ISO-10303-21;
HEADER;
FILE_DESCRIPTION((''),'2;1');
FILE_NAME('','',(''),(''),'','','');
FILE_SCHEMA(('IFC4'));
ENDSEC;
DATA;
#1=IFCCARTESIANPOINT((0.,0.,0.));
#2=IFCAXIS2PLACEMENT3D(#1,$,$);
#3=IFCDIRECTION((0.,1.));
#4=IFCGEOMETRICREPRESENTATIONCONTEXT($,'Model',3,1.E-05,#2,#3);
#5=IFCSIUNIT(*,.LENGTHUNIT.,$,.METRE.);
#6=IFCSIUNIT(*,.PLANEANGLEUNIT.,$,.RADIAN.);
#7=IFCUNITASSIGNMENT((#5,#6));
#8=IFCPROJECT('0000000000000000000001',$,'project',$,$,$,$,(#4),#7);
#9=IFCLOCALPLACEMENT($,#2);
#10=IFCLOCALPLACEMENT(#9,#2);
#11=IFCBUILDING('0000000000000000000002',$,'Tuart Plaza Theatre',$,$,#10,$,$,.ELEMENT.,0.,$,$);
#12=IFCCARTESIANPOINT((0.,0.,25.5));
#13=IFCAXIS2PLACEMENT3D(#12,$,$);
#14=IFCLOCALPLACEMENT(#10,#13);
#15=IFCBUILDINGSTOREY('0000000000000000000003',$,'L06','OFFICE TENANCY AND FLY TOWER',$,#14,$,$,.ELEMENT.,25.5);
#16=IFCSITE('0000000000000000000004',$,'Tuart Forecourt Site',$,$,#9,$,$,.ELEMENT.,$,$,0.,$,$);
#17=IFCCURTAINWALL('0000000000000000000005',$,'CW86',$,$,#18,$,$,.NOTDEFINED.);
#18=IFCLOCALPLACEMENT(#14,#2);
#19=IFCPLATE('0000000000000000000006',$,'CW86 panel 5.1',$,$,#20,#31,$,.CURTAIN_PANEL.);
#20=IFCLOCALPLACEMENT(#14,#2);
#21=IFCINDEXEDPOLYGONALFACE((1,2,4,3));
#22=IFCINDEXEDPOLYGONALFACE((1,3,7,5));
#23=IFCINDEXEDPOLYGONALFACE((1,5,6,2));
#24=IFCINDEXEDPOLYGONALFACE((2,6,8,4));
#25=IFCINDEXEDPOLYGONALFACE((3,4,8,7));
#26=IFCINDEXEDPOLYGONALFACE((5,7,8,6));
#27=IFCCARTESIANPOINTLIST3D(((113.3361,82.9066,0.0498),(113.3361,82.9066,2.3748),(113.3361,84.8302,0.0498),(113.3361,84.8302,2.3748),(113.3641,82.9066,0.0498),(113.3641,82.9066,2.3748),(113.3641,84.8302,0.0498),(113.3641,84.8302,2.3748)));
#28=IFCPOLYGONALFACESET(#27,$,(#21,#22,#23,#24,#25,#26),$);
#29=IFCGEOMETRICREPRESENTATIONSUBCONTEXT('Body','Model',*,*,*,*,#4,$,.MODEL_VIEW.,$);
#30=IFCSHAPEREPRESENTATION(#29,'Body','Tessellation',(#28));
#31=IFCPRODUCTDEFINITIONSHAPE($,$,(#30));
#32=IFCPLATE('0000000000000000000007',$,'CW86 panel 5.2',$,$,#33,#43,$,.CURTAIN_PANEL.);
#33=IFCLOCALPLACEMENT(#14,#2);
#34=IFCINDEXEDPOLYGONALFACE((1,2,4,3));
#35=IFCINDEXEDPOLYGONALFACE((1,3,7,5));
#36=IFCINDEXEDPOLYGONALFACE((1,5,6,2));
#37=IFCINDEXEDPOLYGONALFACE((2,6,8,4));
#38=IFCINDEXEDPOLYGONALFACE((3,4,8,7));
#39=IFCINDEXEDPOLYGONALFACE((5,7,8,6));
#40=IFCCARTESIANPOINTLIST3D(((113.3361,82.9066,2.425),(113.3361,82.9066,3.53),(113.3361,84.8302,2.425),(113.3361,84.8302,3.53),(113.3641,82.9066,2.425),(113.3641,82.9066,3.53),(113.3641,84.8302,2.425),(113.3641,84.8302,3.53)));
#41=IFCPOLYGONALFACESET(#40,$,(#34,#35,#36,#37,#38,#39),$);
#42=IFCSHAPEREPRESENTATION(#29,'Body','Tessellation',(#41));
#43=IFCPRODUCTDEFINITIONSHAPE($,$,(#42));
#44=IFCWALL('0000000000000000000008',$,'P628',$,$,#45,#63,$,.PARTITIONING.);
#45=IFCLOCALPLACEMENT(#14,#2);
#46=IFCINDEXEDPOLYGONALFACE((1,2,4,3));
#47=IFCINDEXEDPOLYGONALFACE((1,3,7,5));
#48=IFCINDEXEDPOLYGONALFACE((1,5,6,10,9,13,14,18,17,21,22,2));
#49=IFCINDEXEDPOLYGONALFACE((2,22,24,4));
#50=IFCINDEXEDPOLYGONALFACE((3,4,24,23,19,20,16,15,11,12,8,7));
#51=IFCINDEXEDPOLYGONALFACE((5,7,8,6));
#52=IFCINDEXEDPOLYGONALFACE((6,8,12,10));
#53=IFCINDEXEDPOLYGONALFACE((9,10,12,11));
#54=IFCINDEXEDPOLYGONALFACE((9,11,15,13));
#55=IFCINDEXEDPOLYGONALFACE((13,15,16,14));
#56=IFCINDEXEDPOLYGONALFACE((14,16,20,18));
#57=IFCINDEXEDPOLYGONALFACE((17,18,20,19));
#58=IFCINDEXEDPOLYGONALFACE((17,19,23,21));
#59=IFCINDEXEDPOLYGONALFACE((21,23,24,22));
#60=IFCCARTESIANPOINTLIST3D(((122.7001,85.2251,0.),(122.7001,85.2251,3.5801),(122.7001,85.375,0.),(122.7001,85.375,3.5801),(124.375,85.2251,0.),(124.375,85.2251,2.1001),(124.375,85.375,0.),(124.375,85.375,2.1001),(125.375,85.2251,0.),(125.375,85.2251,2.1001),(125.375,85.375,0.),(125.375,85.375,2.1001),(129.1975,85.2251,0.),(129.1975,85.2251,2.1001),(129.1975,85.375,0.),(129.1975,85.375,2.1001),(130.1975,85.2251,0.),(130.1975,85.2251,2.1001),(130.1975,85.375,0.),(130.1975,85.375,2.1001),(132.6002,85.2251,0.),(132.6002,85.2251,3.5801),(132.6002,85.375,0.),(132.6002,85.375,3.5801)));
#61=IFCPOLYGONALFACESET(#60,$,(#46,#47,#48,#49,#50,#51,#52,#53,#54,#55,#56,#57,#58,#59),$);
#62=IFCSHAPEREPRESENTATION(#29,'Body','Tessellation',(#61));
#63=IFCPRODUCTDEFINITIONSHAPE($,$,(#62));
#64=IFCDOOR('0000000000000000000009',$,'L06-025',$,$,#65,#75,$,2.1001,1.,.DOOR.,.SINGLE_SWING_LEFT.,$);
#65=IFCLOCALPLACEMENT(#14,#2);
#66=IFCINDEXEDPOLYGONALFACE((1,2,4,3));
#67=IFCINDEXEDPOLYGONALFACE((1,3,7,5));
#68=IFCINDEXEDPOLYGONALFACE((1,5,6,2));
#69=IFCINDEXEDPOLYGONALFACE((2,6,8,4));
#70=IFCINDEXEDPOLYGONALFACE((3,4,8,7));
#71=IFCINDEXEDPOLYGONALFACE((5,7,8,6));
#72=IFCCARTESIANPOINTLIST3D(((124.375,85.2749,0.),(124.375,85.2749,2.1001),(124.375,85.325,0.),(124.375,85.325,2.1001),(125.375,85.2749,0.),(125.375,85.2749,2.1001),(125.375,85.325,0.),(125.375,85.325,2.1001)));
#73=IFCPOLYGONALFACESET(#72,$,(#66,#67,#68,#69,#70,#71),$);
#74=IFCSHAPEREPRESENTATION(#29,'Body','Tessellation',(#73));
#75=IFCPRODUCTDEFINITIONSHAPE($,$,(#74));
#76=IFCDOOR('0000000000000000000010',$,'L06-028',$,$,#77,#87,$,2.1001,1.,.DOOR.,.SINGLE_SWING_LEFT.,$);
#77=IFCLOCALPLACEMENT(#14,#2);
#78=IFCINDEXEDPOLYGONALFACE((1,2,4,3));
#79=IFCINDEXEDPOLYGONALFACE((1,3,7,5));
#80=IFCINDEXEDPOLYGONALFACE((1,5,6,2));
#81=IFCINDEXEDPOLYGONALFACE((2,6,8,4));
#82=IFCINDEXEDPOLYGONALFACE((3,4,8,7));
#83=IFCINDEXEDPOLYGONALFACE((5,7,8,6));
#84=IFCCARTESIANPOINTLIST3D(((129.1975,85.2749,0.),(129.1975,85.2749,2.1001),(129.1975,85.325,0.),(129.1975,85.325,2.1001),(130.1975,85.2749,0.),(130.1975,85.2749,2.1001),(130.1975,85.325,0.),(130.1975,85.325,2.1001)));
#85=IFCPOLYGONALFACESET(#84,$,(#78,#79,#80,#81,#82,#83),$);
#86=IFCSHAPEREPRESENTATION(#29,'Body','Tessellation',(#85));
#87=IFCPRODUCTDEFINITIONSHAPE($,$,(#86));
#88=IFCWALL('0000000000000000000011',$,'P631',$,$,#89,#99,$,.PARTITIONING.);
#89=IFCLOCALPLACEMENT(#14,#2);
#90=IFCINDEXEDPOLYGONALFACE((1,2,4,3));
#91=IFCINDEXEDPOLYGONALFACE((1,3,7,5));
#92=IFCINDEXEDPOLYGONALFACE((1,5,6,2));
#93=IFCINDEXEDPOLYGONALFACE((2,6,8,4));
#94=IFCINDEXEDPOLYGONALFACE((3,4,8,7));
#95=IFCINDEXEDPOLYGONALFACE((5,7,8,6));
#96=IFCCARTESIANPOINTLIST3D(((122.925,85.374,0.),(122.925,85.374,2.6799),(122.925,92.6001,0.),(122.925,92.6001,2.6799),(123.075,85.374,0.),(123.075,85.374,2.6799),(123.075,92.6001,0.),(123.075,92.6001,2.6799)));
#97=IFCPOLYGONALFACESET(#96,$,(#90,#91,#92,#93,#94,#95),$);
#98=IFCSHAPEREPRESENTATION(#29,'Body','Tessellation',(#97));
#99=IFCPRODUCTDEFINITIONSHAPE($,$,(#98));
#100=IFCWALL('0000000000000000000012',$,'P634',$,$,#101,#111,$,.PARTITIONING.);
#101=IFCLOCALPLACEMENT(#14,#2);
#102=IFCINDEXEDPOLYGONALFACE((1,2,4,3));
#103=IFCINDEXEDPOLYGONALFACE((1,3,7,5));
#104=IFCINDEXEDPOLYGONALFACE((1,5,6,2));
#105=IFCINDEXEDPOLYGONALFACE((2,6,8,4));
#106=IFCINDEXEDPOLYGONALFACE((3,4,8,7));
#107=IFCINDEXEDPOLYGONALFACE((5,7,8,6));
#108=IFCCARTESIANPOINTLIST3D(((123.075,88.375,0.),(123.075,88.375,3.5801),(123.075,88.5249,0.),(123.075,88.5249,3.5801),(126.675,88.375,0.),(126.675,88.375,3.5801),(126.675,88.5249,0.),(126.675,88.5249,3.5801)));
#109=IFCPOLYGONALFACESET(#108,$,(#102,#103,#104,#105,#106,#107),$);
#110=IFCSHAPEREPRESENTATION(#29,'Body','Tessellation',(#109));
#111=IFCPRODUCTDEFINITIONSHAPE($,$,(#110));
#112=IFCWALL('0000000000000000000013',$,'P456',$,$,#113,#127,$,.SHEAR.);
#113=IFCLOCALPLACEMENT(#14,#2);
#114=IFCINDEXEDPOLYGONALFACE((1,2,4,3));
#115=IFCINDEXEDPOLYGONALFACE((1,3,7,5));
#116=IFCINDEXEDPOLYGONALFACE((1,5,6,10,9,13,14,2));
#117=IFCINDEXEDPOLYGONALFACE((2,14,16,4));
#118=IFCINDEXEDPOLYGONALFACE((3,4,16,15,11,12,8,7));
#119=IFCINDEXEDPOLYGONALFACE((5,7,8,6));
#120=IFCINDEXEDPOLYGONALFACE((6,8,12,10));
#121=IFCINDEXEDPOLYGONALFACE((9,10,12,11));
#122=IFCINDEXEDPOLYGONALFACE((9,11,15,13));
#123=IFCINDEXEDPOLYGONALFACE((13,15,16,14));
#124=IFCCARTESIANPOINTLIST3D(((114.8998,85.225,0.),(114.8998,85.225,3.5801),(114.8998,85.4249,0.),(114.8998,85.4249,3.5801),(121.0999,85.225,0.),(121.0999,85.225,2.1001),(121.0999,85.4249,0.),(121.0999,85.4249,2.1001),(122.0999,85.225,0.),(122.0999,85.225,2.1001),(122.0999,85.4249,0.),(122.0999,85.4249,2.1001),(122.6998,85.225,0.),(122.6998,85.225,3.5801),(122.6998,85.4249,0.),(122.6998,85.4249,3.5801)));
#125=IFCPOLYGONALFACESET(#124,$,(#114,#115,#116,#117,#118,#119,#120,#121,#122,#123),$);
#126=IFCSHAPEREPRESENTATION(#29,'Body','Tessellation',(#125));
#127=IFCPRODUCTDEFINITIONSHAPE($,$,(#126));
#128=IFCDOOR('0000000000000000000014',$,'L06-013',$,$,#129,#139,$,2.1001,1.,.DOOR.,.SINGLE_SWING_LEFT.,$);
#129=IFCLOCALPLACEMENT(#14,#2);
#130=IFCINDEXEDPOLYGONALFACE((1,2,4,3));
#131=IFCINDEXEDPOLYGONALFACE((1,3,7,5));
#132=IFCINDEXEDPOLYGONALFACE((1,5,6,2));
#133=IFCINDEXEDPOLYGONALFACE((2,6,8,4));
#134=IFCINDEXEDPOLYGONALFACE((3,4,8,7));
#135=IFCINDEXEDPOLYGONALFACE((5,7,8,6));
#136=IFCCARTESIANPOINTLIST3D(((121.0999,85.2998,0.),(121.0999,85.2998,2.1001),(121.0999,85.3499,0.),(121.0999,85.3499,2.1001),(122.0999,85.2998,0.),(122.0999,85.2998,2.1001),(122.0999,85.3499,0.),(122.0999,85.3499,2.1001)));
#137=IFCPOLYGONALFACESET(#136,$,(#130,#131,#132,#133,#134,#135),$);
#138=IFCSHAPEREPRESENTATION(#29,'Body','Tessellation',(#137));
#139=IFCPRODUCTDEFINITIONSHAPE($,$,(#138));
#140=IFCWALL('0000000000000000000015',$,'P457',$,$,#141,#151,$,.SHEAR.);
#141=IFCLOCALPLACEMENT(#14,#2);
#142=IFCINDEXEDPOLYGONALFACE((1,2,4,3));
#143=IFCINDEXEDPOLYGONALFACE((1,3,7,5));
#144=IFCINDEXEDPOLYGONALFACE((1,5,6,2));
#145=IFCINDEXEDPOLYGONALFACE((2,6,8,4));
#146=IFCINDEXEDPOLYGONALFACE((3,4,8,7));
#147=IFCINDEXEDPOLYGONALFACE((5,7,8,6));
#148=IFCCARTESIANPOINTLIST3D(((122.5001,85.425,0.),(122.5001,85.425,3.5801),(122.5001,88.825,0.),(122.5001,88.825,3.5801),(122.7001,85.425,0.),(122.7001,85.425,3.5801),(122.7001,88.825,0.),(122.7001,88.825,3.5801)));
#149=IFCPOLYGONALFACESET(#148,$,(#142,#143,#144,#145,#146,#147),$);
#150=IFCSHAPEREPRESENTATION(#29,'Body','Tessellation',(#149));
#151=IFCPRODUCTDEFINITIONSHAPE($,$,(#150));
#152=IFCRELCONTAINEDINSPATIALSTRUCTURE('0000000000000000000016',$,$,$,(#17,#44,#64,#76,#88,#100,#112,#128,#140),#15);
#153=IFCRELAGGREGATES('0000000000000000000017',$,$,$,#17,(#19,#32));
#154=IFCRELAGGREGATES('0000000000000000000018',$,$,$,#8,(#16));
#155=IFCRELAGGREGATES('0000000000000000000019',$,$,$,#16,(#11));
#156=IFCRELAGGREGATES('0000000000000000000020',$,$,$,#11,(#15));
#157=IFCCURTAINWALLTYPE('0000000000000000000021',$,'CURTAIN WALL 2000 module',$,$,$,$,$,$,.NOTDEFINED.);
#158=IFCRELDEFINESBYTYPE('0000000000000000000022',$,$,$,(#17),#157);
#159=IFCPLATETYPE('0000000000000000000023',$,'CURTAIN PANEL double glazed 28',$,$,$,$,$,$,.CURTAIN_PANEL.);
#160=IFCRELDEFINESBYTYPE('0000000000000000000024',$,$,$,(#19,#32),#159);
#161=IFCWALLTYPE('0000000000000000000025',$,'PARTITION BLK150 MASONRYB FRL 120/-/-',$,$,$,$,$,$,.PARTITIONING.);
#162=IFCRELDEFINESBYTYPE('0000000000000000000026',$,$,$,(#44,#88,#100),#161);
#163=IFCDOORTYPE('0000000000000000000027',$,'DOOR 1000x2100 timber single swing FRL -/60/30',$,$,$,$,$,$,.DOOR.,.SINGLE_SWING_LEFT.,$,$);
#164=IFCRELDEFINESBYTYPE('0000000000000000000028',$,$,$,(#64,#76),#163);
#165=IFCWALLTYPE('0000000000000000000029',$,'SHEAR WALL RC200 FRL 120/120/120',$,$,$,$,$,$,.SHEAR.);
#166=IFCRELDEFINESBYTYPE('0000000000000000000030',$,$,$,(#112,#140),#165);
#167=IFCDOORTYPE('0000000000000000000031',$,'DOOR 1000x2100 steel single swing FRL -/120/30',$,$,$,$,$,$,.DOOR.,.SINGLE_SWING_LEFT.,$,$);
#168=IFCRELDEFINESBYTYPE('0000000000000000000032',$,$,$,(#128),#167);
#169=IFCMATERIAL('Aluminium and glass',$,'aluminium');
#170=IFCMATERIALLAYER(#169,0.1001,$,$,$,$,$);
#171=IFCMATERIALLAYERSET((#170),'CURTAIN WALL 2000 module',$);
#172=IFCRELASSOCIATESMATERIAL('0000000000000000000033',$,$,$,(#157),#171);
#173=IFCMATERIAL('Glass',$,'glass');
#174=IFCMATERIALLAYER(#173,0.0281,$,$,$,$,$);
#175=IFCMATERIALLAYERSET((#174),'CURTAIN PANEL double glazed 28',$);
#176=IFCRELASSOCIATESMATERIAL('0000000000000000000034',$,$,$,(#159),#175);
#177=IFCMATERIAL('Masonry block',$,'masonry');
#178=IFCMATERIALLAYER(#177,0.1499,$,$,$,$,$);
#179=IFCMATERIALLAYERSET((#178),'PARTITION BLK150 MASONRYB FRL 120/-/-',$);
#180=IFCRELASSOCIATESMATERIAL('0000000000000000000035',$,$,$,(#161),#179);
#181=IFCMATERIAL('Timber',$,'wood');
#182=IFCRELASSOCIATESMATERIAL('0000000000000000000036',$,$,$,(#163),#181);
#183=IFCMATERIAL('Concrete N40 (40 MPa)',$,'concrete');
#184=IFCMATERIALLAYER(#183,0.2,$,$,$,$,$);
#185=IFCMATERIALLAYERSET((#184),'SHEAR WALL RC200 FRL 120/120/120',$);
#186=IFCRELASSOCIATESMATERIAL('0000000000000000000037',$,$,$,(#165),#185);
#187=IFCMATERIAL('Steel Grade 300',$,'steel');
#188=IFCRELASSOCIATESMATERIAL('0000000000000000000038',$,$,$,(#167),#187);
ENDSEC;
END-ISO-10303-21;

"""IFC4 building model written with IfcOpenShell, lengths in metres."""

from ifc_helpers import new_model, si_unit, direction, frame, frame_2d, origin, origin_2d, place, context, subcontext, project, spatial, rectangle, extrude, material, layer, layer_set, type_object, element, fill, aggregate, save


model = new_model("IFC4")

# Units and contexts
model_context = context("Model", 3, precision=1e-05, world=origin(), true_north=direction((0.0, 1.0)))
body_context = subcontext(model_context, "Body", "Model", "MODEL_VIEW")
ifc_project = project(units=[si_unit("LENGTHUNIT", "METRE"), si_unit("PLANEANGLEUNIT", "RADIAN")], contexts=[model_context])

# Site, building, storey
site_placement = place(None, origin())
site = spatial("IfcSite", under=ifc_project, at=site_placement, Name="Tuart Forecourt Site", CompositionType="ELEMENT", RefElevation=0.0)
building_placement = place(site_placement, origin())
building = spatial("IfcBuilding", under=site, at=building_placement, Name="Tuart Plaza Theatre", CompositionType="ELEMENT", ElevationOfRefHeight=0.0)
storey_placement = place(building_placement, frame((0.0, 0.0, 25.5)))
storey = spatial("IfcBuildingStorey", under=building, at=storey_placement, Name="L06", Description="OFFICE TENANCY AND FLY TOWER", CompositionType="ELEMENT", Elevation=25.5)

# Curtain wall, plates
ifc_material_1 = material(Name="Aluminium and glass", Category="aluminium")
ifc_layer_1 = layer(ifc_material_1, 0.1001)
ifc_layer_set_1 = layer_set([ifc_layer_1], Name="CURTAIN WALL 2000 module")
curtain_wall_type = type_object("IfcCurtainWallType", Name="CURTAIN WALL 2000 module", PredefinedType="NOTDEFINED", material=ifc_layer_set_1)
curtain_wall_placement = place(storey_placement, origin())
curtain_wall = element("IfcCurtainWall", 1, at=curtain_wall_placement, inside=storey, type_object=curtain_wall_type, Name="CW86", PredefinedType="NOTDEFINED")
ifc_material_2 = material(Name="Glass", Category="glass")
ifc_layer_2 = layer(ifc_material_2, 0.0281)
ifc_layer_set_2 = layer_set([ifc_layer_2], Name="CURTAIN PANEL double glazed 28")
plate_type = type_object("IfcPlateType", Name="CURTAIN PANEL double glazed 28", PredefinedType="CURTAIN_PANEL", material=ifc_layer_set_2)
plate_1_placement = place(storey_placement, frame((113.3501, 83.8684, 0.0498), z_axis=(0.0, 0.0, 1.0), x_axis=(0.0, -1.0, 0.0)))
plate_1 = element("IfcPlate", 2, at=plate_1_placement, type_object=plate_type, Name="CW86 panel 5.1", PredefinedType="CURTAIN_PANEL", context=body_context, shape_type="SweptSolid", body=[
    extrude(rectangle(XDim=1.9236, YDim=0.0281, at=origin_2d()), origin(), (0.0, 0.0, 1.0), 2.325),
])
plate_2_placement = place(storey_placement, frame((113.3501, 83.8684, 2.425), z_axis=(0.0, 0.0, 1.0), x_axis=(0.0, -1.0, 0.0)))
plate_2 = element("IfcPlate", 3, at=plate_2_placement, type_object=plate_type, Name="CW86 panel 5.2", PredefinedType="CURTAIN_PANEL", context=body_context, shape_type="SweptSolid", body=[
    extrude(rectangle(XDim=1.9236, YDim=0.0281, at=origin_2d()), origin(), (0.0, 0.0, 1.0), 1.105),
])
aggregate(curtain_wall, [plate_1, plate_2])

# Wall, openings, doors
ifc_material_3 = material(Name="Masonry block", Category="masonry")
ifc_layer_3 = layer(ifc_material_3, 0.1499)
ifc_layer_set_3 = layer_set([ifc_layer_3], Name="PARTITION BLK150 MASONRYB FRL 120/-/-")
wall_type_1 = type_object("IfcWallType", Name="PARTITION BLK150 MASONRYB FRL 120/-/-", PredefinedType="PARTITIONING", material=ifc_layer_set_3)
wall_1_placement = place(storey_placement, frame((122.7, 85.3, 0.0), z_axis=(0.0, 0.0, 1.0), x_axis=(1.0, 0.0, 0.0)))
wall_1 = element("IfcWall", 4, at=wall_1_placement, inside=storey, type_object=wall_type_1, Name="P628", PredefinedType="PARTITIONING", context=body_context, shape_type="SweptSolid", body=[
    extrude(rectangle(XDim=9.9001, YDim=0.1499, at=frame_2d((4.9502, 0.0))), origin(), (0.0, 0.0, 1.0), 3.5801),
])
opening_1_placement = place(wall_1_placement, frame((1.675, 0.0, 0.0)))
opening_1 = element("IfcOpeningElement", 5, at=opening_1_placement, cuts=wall_1, PredefinedType="OPENING", context=body_context, shape_type="SweptSolid", body=[
    extrude(rectangle(XDim=1.0, YDim=2.1001, at=frame_2d((0.5, 1.05))), frame((0.0, 0.085, 0.0), z_axis=(0.0, -1.0, 0.0), x_axis=(1.0, 0.0, 0.0)), (0.0, 0.0, 1.0), 0.1699),
])
opening_2_placement = place(wall_1_placement, frame((6.4976, 0.0, 0.0)))
opening_2 = element("IfcOpeningElement", 6, at=opening_2_placement, cuts=wall_1, PredefinedType="OPENING", context=body_context, shape_type="SweptSolid", body=[
    extrude(rectangle(XDim=1.0, YDim=2.1001, at=frame_2d((0.5, 1.05))), frame((0.0, 0.085, 0.0), z_axis=(0.0, -1.0, 0.0), x_axis=(1.0, 0.0, 0.0)), (0.0, 0.0, 1.0), 0.1699),
])
ifc_material_4 = material(Name="Timber", Category="wood")
door_type_1 = type_object("IfcDoorType", Name="DOOR 1000x2100 timber single swing FRL -/60/30", OperationType="SINGLE_SWING_LEFT", PredefinedType="DOOR", material=ifc_material_4)
door_1_placement = place(opening_1_placement, origin())
door_1 = element("IfcDoor", 7, at=door_1_placement, inside=storey, type_object=door_type_1, Name="L06-025", OperationType="SINGLE_SWING_LEFT", OverallHeight=2.1001, OverallWidth=1.0, PredefinedType="DOOR", context=body_context, shape_type="SweptSolid", body=[
    extrude(rectangle(XDim=1.0, YDim=2.1001, at=frame_2d((0.5, 1.05))), frame((0.0, 0.0249, 0.0), z_axis=(0.0, -1.0, 0.0), x_axis=(1.0, 0.0, 0.0)), (0.0, 0.0, 1.0), 0.05),
])
fill(opening_1, door_1)
door_2_placement = place(opening_2_placement, origin())
door_2 = element("IfcDoor", 8, at=door_2_placement, inside=storey, type_object=door_type_1, Name="L06-028", OperationType="SINGLE_SWING_LEFT", OverallHeight=2.1001, OverallWidth=1.0, PredefinedType="DOOR", context=body_context, shape_type="SweptSolid", body=[
    extrude(rectangle(XDim=1.0, YDim=2.1001, at=frame_2d((0.5, 1.05))), frame((0.0, 0.0249, 0.0), z_axis=(0.0, -1.0, 0.0), x_axis=(1.0, 0.0, 0.0)), (0.0, 0.0, 1.0), 0.05),
])
fill(opening_2, door_2)

# Walls
wall_2_placement = place(storey_placement, frame((123.0, 85.374, 0.0), z_axis=(0.0, 0.0, 1.0), x_axis=(0.0, 1.0, 0.0)))
element("IfcWall", 9, at=wall_2_placement, inside=storey, type_object=wall_type_1, Name="P631", PredefinedType="PARTITIONING", context=body_context, shape_type="SweptSolid", body=[
    extrude(rectangle(XDim=7.2261, YDim=0.1499, at=frame_2d((3.613, 0.0))), origin(), (0.0, 0.0, 1.0), 2.6799),
])
wall_3_placement = place(storey_placement, frame((123.075, 88.45, 0.0), z_axis=(0.0, 0.0, 1.0), x_axis=(1.0, 0.0, 0.0)))
element("IfcWall", 10, at=wall_3_placement, inside=storey, type_object=wall_type_1, Name="P634", PredefinedType="PARTITIONING", context=body_context, shape_type="SweptSolid", body=[
    extrude(rectangle(XDim=3.6001, YDim=0.1499, at=frame_2d((1.8, 0.0))), origin(), (0.0, 0.0, 1.0), 3.5801),
])

# Wall, opening, door
ifc_material_5 = material(Name="Concrete N40 (40 MPa)", Category="concrete")
ifc_layer_4 = layer(ifc_material_5, 0.2)
ifc_layer_set_4 = layer_set([ifc_layer_4], Name="SHEAR WALL RC200 FRL 120/120/120")
wall_type_2 = type_object("IfcWallType", Name="SHEAR WALL RC200 FRL 120/120/120", PredefinedType="SHEAR", material=ifc_layer_set_4)
wall_4_placement = place(storey_placement, frame((114.8999, 85.325, 0.0), z_axis=(0.0, 0.0, 1.0), x_axis=(1.0, 0.0, 0.0)))
wall_4 = element("IfcWall", 11, at=wall_4_placement, inside=storey, type_object=wall_type_2, Name="P456", PredefinedType="SHEAR", context=body_context, shape_type="SweptSolid", body=[
    extrude(rectangle(XDim=7.8, YDim=0.2, at=frame_2d((3.8999, 0.0))), origin(), (0.0, 0.0, 1.0), 3.5801),
])
opening_3_placement = place(wall_4_placement, frame((6.2, 0.0, 0.0)))
opening_3 = element("IfcOpeningElement", 12, at=opening_3_placement, cuts=wall_4, PredefinedType="OPENING", context=body_context, shape_type="SweptSolid", body=[
    extrude(rectangle(XDim=1.0, YDim=2.1001, at=frame_2d((0.5, 1.05))), frame((0.0, 0.1099, 0.0), z_axis=(0.0, -1.0, 0.0), x_axis=(1.0, 0.0, 0.0)), (0.0, 0.0, 1.0), 0.22),
])
ifc_material_6 = material(Name="Steel Grade 300", Category="steel")
door_type_2 = type_object("IfcDoorType", Name="DOOR 1000x2100 steel single swing FRL -/120/30", OperationType="SINGLE_SWING_LEFT", PredefinedType="DOOR", material=ifc_material_6)
door_3_placement = place(opening_3_placement, origin())
door_3 = element("IfcDoor", 13, at=door_3_placement, inside=storey, type_object=door_type_2, Name="L06-013", OperationType="SINGLE_SWING_LEFT", OverallHeight=2.1001, OverallWidth=1.0, PredefinedType="DOOR", context=body_context, shape_type="SweptSolid", body=[
    extrude(rectangle(XDim=1.0, YDim=2.1001, at=frame_2d((0.5, 1.05))), frame((0.0, 0.0249, 0.0), z_axis=(0.0, -1.0, 0.0), x_axis=(1.0, 0.0, 0.0)), (0.0, 0.0, 1.0), 0.05),
])
fill(opening_3, door_3)

# Wall
wall_5_placement = place(storey_placement, frame((122.6001, 85.425, 0.0), z_axis=(0.0, 0.0, 1.0), x_axis=(0.0, 1.0, 0.0)))
element("IfcWall", 14, at=wall_5_placement, inside=storey, type_object=wall_type_2, Name="P457", PredefinedType="SHEAR", context=body_context, shape_type="SweptSolid", body=[
    extrude(rectangle(XDim=3.3999, YDim=0.2, at=frame_2d((1.7, 0.0))), origin(), (0.0, 0.0, 1.0), 3.5801),
])

save(model, "model.ifc")
